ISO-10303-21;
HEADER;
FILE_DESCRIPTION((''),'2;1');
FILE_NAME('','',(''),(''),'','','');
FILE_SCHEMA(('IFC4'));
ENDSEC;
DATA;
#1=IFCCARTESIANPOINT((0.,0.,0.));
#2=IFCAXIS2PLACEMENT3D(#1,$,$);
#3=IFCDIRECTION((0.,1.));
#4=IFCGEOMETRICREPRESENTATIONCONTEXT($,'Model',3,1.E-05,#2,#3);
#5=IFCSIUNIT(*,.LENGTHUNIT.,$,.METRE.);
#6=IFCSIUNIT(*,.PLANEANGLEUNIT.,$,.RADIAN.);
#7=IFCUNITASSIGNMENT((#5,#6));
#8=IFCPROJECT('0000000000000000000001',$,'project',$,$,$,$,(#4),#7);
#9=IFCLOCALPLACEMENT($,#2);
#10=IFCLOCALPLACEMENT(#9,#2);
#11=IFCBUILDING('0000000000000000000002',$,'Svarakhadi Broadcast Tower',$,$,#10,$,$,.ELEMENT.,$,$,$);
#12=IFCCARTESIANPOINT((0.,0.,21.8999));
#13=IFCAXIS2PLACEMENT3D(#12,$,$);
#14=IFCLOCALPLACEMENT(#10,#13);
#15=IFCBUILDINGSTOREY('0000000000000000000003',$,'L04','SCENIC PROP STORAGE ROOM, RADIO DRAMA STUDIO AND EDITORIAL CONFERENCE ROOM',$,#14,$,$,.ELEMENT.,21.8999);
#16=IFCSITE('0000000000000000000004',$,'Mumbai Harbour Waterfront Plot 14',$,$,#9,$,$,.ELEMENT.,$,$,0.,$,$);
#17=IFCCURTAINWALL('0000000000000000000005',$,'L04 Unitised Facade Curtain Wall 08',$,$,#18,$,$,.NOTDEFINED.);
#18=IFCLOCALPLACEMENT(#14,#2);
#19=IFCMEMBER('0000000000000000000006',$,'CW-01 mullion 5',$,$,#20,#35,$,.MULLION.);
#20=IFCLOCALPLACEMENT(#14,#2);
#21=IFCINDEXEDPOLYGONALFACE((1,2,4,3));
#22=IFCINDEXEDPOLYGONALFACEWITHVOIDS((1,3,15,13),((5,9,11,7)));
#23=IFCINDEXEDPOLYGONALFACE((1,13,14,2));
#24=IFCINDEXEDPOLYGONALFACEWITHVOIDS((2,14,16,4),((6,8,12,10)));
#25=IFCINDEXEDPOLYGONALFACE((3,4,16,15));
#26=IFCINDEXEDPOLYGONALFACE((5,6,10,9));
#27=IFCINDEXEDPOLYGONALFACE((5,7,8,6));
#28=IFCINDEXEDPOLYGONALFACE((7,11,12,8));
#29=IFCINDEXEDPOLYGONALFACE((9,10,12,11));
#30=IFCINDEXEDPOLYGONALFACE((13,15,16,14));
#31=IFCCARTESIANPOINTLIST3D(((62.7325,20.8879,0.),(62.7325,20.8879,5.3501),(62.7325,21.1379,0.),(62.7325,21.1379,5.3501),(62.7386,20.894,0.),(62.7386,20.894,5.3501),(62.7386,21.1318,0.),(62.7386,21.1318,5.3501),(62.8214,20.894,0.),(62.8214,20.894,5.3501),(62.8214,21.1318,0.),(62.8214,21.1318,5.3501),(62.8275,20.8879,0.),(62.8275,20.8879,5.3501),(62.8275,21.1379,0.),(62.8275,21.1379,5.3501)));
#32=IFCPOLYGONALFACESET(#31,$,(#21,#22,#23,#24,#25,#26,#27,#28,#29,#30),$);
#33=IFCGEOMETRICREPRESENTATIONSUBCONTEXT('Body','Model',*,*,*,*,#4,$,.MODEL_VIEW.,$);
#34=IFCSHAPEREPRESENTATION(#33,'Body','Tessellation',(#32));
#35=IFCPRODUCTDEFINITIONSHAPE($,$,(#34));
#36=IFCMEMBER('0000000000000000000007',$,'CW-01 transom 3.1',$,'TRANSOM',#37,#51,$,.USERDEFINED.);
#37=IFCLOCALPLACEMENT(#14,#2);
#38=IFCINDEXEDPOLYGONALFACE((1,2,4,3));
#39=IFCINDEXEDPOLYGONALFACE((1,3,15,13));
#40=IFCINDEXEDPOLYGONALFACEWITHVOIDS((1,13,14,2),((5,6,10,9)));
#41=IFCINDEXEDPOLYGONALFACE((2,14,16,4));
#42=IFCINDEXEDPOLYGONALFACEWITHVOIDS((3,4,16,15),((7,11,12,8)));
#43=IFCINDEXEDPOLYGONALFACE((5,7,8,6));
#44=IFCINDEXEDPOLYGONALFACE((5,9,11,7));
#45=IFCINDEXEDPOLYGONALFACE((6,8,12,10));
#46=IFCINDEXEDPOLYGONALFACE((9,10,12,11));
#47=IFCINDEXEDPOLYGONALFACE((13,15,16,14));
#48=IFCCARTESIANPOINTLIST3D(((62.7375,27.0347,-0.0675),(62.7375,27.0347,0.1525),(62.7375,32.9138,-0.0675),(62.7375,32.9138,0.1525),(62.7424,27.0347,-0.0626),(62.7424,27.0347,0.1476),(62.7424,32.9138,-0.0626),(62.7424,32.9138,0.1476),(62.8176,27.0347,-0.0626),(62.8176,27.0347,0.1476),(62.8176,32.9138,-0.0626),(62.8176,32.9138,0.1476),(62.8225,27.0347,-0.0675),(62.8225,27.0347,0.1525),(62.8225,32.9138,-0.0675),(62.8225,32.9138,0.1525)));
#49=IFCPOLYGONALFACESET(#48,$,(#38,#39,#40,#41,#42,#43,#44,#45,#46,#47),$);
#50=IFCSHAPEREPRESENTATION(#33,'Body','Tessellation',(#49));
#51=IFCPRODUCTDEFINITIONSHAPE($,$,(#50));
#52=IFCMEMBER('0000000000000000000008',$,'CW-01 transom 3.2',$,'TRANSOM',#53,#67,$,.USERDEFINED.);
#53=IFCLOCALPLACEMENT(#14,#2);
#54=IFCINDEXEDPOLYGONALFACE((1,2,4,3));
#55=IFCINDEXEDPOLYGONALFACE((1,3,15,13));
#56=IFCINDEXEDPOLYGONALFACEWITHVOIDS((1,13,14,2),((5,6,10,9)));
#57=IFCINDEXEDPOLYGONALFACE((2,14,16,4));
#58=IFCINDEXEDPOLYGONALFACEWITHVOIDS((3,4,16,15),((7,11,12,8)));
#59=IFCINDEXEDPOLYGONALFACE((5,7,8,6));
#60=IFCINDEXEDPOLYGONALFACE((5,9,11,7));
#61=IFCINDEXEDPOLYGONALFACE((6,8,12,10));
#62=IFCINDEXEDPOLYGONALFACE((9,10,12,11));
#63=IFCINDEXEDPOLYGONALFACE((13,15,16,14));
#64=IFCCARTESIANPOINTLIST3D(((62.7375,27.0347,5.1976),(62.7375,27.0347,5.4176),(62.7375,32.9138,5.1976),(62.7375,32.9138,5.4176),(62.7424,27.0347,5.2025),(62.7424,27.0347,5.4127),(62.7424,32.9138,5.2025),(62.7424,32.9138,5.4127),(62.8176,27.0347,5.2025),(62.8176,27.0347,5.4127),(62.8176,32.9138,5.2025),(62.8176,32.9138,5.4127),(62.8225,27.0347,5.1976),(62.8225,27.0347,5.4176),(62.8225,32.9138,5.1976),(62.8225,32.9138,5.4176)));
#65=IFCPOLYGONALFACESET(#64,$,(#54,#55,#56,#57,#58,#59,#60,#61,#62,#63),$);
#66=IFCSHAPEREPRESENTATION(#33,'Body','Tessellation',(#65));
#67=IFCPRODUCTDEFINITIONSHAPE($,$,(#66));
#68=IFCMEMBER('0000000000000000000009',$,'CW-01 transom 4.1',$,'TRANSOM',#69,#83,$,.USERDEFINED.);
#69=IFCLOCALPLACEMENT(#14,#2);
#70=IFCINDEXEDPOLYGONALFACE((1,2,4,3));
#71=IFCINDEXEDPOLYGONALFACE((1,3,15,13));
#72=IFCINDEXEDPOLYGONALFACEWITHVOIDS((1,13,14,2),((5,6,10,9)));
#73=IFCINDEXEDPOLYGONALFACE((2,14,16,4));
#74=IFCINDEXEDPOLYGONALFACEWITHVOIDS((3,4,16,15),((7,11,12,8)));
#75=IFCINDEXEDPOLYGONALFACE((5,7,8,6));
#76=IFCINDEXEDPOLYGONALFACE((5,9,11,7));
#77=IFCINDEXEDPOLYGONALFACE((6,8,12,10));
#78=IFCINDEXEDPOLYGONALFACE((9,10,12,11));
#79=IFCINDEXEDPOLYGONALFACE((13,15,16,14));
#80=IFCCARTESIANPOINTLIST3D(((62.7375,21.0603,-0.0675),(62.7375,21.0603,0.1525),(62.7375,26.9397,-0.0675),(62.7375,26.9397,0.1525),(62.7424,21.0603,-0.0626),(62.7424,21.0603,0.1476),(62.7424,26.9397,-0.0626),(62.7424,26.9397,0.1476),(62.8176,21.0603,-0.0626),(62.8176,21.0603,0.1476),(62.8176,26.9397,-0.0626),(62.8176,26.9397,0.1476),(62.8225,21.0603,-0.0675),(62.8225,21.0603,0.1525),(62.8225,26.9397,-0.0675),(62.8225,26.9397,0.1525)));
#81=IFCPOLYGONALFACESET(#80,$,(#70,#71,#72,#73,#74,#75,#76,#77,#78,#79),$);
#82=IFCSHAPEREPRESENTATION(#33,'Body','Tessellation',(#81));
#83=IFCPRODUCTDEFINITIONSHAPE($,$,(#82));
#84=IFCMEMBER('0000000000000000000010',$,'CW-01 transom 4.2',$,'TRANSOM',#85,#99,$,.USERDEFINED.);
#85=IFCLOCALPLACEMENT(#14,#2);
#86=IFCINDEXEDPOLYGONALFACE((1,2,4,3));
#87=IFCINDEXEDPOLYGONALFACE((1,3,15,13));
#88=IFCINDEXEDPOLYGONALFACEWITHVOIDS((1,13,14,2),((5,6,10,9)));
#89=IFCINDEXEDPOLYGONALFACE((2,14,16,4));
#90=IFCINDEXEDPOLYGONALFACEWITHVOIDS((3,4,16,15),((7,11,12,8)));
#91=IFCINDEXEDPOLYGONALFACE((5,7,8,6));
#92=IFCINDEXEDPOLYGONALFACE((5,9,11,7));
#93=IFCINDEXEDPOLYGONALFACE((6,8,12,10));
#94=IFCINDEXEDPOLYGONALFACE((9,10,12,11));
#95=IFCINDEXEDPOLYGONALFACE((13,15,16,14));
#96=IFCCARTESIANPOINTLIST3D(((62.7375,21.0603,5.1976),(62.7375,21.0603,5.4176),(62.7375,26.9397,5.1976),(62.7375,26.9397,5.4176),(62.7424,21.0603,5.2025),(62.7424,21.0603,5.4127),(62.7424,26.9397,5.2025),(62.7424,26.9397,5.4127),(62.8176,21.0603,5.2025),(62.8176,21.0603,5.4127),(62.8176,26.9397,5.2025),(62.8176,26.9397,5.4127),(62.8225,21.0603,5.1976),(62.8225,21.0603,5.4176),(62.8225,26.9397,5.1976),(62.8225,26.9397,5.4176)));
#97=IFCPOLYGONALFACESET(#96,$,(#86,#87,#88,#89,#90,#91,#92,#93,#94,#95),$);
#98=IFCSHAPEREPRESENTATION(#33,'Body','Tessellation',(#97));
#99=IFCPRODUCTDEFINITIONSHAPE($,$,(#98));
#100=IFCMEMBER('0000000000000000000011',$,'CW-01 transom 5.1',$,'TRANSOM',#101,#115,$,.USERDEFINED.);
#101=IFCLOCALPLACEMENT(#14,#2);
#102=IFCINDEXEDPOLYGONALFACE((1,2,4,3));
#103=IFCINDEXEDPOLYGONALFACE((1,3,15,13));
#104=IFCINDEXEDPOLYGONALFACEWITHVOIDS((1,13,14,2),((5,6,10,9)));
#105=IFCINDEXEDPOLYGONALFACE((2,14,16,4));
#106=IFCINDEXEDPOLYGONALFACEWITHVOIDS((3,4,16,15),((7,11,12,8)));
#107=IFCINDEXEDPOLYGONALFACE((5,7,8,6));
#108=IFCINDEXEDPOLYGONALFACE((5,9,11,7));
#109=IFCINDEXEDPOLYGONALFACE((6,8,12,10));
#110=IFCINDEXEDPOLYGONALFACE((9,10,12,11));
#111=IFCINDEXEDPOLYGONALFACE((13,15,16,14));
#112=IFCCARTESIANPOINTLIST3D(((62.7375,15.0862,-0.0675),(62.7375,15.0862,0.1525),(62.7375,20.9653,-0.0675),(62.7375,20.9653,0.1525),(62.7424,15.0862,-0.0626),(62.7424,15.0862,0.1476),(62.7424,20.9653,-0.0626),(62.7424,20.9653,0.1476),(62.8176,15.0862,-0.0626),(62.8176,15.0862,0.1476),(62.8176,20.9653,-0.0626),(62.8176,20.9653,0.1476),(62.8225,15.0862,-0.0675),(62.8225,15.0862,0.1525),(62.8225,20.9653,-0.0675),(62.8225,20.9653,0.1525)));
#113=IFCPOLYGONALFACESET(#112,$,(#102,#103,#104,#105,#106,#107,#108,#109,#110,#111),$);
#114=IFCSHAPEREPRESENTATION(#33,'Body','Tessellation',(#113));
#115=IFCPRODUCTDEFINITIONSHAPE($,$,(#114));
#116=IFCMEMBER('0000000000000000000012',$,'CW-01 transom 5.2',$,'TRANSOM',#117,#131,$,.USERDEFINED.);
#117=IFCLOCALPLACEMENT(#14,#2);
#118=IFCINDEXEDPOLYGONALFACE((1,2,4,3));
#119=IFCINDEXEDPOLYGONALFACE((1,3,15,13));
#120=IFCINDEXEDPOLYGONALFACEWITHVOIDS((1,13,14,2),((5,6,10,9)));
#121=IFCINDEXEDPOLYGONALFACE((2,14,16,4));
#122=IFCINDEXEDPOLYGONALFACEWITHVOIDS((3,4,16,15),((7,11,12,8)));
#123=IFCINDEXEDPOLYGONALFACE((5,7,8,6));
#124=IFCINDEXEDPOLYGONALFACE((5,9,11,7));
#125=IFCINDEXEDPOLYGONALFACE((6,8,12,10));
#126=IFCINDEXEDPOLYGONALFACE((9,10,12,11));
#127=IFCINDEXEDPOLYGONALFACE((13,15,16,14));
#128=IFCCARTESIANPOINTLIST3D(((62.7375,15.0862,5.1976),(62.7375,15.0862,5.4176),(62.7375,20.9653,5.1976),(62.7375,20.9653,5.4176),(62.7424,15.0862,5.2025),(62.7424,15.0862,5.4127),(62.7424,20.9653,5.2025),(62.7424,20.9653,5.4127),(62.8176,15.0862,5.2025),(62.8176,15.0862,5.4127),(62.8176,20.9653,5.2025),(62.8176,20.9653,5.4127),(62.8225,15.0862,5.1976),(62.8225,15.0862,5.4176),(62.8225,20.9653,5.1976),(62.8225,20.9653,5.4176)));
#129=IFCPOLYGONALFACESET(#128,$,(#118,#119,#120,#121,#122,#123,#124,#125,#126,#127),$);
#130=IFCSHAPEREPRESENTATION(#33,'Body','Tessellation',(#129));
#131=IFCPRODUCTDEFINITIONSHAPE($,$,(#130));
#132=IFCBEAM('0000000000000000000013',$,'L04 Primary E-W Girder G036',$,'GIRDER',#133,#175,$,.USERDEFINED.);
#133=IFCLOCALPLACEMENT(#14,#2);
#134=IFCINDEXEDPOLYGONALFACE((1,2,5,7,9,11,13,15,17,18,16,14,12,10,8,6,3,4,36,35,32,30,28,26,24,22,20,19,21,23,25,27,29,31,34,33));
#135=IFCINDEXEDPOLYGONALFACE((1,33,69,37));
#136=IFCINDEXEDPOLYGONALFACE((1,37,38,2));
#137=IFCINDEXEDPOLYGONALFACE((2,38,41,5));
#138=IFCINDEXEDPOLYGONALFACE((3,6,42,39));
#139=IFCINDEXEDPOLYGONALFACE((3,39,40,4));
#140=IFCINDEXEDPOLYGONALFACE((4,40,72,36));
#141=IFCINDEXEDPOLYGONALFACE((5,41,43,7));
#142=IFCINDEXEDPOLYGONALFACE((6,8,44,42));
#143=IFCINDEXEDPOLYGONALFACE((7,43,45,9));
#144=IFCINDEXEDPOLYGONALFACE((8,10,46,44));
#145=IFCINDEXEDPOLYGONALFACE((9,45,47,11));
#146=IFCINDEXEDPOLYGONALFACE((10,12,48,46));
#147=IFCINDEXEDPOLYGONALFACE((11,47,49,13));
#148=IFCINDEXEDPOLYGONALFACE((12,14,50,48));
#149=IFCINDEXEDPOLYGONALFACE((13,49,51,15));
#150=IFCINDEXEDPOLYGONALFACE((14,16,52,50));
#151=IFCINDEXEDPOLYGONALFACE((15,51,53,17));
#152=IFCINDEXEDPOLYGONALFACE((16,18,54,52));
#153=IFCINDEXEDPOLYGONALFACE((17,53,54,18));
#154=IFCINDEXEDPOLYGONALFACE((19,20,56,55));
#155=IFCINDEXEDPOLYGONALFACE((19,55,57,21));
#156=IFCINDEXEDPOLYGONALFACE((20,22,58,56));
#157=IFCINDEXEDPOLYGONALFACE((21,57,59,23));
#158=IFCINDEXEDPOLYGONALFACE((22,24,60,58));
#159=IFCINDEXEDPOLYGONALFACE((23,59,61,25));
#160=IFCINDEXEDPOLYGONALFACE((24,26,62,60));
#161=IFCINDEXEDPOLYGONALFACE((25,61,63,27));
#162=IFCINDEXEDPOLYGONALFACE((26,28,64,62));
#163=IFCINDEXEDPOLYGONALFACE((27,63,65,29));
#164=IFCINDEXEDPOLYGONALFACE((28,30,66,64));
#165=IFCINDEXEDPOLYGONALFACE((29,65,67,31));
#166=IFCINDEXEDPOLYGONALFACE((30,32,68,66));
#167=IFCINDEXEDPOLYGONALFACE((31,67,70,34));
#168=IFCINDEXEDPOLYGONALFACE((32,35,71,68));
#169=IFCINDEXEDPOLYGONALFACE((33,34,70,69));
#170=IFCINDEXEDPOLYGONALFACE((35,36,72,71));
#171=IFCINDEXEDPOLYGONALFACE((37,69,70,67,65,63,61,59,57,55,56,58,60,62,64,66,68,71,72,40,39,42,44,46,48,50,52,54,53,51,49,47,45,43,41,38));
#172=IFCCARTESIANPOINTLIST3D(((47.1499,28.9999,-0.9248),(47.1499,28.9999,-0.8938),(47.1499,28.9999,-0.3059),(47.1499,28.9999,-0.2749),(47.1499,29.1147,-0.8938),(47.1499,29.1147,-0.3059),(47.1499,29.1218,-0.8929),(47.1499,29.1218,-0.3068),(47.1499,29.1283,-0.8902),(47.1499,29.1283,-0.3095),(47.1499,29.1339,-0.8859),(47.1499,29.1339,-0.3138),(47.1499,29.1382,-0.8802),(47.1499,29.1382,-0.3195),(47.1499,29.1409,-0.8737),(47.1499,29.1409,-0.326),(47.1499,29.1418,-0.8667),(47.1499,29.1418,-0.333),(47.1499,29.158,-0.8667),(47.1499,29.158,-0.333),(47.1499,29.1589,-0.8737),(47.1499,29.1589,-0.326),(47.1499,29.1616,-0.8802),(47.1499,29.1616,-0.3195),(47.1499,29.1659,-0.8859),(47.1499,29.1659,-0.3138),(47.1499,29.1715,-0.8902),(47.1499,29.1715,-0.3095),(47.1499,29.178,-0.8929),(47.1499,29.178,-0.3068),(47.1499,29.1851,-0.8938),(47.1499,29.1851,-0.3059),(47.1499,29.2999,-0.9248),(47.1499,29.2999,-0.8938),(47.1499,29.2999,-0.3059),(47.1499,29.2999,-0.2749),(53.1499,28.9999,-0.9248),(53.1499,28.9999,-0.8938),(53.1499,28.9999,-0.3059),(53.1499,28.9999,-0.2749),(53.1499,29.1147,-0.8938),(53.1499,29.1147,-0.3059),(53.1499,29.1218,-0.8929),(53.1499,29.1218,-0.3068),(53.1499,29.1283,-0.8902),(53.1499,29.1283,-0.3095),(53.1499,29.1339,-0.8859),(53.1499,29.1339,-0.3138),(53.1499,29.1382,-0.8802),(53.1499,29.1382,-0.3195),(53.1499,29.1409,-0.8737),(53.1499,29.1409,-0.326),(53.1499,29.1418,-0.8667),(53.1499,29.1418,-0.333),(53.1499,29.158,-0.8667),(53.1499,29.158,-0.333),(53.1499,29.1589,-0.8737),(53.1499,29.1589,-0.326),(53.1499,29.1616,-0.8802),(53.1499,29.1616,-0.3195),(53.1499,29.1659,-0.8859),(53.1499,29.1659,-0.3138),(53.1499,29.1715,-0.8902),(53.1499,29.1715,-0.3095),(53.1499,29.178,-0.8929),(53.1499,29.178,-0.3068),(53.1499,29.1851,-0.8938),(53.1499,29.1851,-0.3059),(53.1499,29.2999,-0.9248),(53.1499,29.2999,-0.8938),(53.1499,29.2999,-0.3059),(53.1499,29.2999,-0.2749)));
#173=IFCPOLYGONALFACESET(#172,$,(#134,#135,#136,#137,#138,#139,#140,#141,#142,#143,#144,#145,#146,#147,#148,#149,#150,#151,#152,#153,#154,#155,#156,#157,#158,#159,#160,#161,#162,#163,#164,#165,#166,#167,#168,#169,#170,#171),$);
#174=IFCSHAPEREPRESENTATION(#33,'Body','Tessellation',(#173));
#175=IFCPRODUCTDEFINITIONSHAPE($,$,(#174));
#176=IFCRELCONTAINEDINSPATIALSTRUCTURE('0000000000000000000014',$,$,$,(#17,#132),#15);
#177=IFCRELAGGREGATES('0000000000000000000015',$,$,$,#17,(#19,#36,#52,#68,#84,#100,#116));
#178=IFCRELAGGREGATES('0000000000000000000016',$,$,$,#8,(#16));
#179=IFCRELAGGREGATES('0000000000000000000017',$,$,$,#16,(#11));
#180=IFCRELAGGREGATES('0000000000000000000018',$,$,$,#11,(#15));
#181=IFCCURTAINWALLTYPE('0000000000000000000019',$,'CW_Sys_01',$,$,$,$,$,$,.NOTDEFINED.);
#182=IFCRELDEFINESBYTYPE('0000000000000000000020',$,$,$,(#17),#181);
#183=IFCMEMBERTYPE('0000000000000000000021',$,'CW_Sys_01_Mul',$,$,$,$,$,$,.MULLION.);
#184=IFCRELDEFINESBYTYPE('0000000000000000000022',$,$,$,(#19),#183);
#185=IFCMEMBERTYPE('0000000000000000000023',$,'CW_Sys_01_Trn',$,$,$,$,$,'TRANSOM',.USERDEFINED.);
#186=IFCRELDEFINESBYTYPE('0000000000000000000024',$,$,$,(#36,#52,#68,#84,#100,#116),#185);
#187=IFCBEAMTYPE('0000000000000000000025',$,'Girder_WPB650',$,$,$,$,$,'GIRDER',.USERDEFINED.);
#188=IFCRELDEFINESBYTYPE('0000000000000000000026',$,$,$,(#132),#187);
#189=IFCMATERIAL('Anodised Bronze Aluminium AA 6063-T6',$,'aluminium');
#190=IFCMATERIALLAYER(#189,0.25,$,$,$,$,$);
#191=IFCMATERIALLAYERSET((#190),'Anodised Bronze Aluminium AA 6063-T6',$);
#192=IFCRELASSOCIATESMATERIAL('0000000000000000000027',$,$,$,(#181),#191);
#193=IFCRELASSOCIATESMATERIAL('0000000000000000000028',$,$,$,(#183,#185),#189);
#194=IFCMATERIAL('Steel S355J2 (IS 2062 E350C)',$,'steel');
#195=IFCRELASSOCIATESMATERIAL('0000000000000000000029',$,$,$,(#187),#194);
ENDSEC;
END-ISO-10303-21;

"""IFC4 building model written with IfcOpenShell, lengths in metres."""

from ifc_helpers import new_model, si_unit, direction, frame, origin, origin_2d, place, context, subcontext, project, spatial, hollow_rectangle, i_section, extrude, material, layer, layer_set, material_profile, profile_set, type_object, element, aggregate, save


model = new_model("IFC4")

# Units and contexts
model_context = context("Model", 3, precision=1e-05, world=origin(), true_north=direction((0.0, 1.0)))
body_context = subcontext(model_context, "Body", "Model", "MODEL_VIEW")
ifc_project = project(units=[si_unit("LENGTHUNIT", "METRE"), si_unit("PLANEANGLEUNIT", "RADIAN")], contexts=[model_context])

# Site, building, storey
site_placement = place(None, origin())
site = spatial("IfcSite", under=ifc_project, at=site_placement, Name="Mumbai Harbour Waterfront Plot 14", CompositionType="ELEMENT", RefElevation=0.0)
building_placement = place(site_placement, origin())
building = spatial("IfcBuilding", under=site, at=building_placement, Name="Svarakhadi Broadcast Tower", CompositionType="ELEMENT")
storey_placement = place(building_placement, frame((0.0, 0.0, 21.8999)))
storey = spatial("IfcBuildingStorey", under=building, at=storey_placement, Name="L04", Description="SCENIC PROP STORAGE ROOM, RADIO DRAMA STUDIO AND EDITORIAL CONFERENCE ROOM", CompositionType="ELEMENT", Elevation=21.8999)

# Shared definitions
ifc_material_1 = material(Name="Steel S355J2 (IS 2062 E350C)", Category="steel")

# Curtain wall, members
ifc_material_2 = material(Name="Anodised Bronze Aluminium AA 6063-T6", Category="aluminium")
ifc_layer_1 = layer(ifc_material_2, 0.25)
ifc_layer_set_1 = layer_set([ifc_layer_1], Name="Anodised Bronze Aluminium AA 6063-T6")
curtain_wall_type = type_object("IfcCurtainWallType", Name="CW_Sys_01", PredefinedType="NOTDEFINED", material=ifc_layer_set_1)
curtain_wall_placement = place(storey_placement, origin())
curtain_wall = element("IfcCurtainWall", 1, at=curtain_wall_placement, inside=storey, type_object=curtain_wall_type, Name="L04 Unitised Facade Curtain Wall 08", PredefinedType="NOTDEFINED")
ifc_material_profile_1 = material_profile(ifc_material_2, hollow_rectangle(XDim=0.095, YDim=0.25, WallThickness=0.0061, at=origin_2d()), Name="ALU MULLION 250x95x6")
ifc_profile_set_1 = profile_set([ifc_material_profile_1], Name="Anodised Bronze Aluminium AA 6063-T6")
member_type_1 = type_object("IfcMemberType", Name="CW_Sys_01_Mul", PredefinedType="MULLION", material=ifc_profile_set_1)
member_1_placement = place(storey_placement, frame((62.78, 21.0129, 0.0), z_axis=(0.0, 0.0, 1.0), x_axis=(1.0, 0.0, 0.0)))
member_1 = element("IfcMember", 2, at=member_1_placement, type_object=member_type_1, Name="CW-01 mullion 5", PredefinedType="MULLION", context=body_context, shape_type="SweptSolid", body=[
    extrude(hollow_rectangle(XDim=0.095, YDim=0.25, WallThickness=0.0061, at=origin_2d()), origin(), (0.0, 0.0, 1.0), 5.3501),
])
ifc_material_profile_2 = material_profile(ifc_material_2, hollow_rectangle(XDim=0.085, YDim=0.22, WallThickness=0.0049, at=origin_2d()), Name="ALU TRANSOM 220x85x5")
ifc_profile_set_2 = profile_set([ifc_material_profile_2], Name="Anodised Bronze Aluminium AA 6063-T6")
member_type_2 = type_object("IfcMemberType", Name="CW_Sys_01_Trn", ElementType="TRANSOM", PredefinedType="USERDEFINED", material=ifc_profile_set_2)
member_2_placement = place(storey_placement, frame((62.78, 32.9138, 0.0425), z_axis=(0.0, -1.0, 0.0), x_axis=(1.0, 0.0, 0.0)))
member_2 = element("IfcMember", 3, at=member_2_placement, type_object=member_type_2, Name="CW-01 transom 3.1", ObjectType="TRANSOM", PredefinedType="USERDEFINED", context=body_context, shape_type="SweptSolid", body=[
    extrude(hollow_rectangle(XDim=0.085, YDim=0.22, WallThickness=0.0049, at=origin_2d()), origin(), (0.0, 0.0, 1.0), 5.8792),
])
member_3_placement = place(storey_placement, frame((62.78, 32.9138, 5.3076), z_axis=(0.0, -1.0, 0.0), x_axis=(1.0, 0.0, 0.0)))
member_3 = element("IfcMember", 4, at=member_3_placement, type_object=member_type_2, Name="CW-01 transom 3.2", ObjectType="TRANSOM", PredefinedType="USERDEFINED", context=body_context, shape_type="SweptSolid", body=[
    extrude(hollow_rectangle(XDim=0.085, YDim=0.22, WallThickness=0.0049, at=origin_2d()), origin(), (0.0, 0.0, 1.0), 5.8792),
])
member_4_placement = place(storey_placement, frame((62.78, 26.9397, 0.0425), z_axis=(0.0, -1.0, 0.0), x_axis=(1.0, 0.0, 0.0)))
member_4 = element("IfcMember", 5, at=member_4_placement, type_object=member_type_2, Name="CW-01 transom 4.1", ObjectType="TRANSOM", PredefinedType="USERDEFINED", context=body_context, shape_type="SweptSolid", body=[
    extrude(hollow_rectangle(XDim=0.085, YDim=0.22, WallThickness=0.0049, at=origin_2d()), origin(), (0.0, 0.0, 1.0), 5.8794),
])
member_5_placement = place(storey_placement, frame((62.78, 26.9397, 5.3076), z_axis=(0.0, -1.0, 0.0), x_axis=(1.0, 0.0, 0.0)))
member_5 = element("IfcMember", 6, at=member_5_placement, type_object=member_type_2, Name="CW-01 transom 4.2", ObjectType="TRANSOM", PredefinedType="USERDEFINED", context=body_context, shape_type="SweptSolid", body=[
    extrude(hollow_rectangle(XDim=0.085, YDim=0.22, WallThickness=0.0049, at=origin_2d()), origin(), (0.0, 0.0, 1.0), 5.8794),
])
member_6_placement = place(storey_placement, frame((62.78, 20.9653, 0.0425), z_axis=(0.0, -1.0, 0.0), x_axis=(1.0, 0.0, 0.0)))
member_6 = element("IfcMember", 7, at=member_6_placement, type_object=member_type_2, Name="CW-01 transom 5.1", ObjectType="TRANSOM", PredefinedType="USERDEFINED", context=body_context, shape_type="SweptSolid", body=[
    extrude(hollow_rectangle(XDim=0.085, YDim=0.22, WallThickness=0.0049, at=origin_2d()), origin(), (0.0, 0.0, 1.0), 5.8792),
])
member_7_placement = place(storey_placement, frame((62.78, 20.9653, 5.3076), z_axis=(0.0, -1.0, 0.0), x_axis=(1.0, 0.0, 0.0)))
member_7 = element("IfcMember", 8, at=member_7_placement, type_object=member_type_2, Name="CW-01 transom 5.2", ObjectType="TRANSOM", PredefinedType="USERDEFINED", context=body_context, shape_type="SweptSolid", body=[
    extrude(hollow_rectangle(XDim=0.085, YDim=0.22, WallThickness=0.0049, at=origin_2d()), origin(), (0.0, 0.0, 1.0), 5.8792),
])

# Beam
ifc_material_profile_3 = material_profile(ifc_material_1, i_section(OverallWidth=0.3, OverallDepth=0.6499, WebThickness=0.0161, FlangeThickness=0.031, FilletRadius=0.0271, at=origin_2d()), Name="WPB 650x300x225")
ifc_profile_set_3 = profile_set([ifc_material_profile_3], Name="Steel S355J2 (IS 2062 E350C)")
beam_type_1 = type_object("IfcBeamType", Name="Girder_WPB650", ElementType="GIRDER", PredefinedType="USERDEFINED", material=ifc_profile_set_3)
for number, where, z_axis, x_axis, name in (
    (9, (47.1499, 29.1499, -0.5999), (1.0, 0.0, 0.0), (0.0, 1.0, 0.0), "L04 Primary E-W Girder G036"),
):
    element("IfcBeam", number, at=place(storey_placement, frame(where, z_axis=z_axis, x_axis=x_axis)), inside=storey, type_object=beam_type_1, Name=name, ObjectType="GIRDER", PredefinedType="USERDEFINED", context=body_context, shape_type="SweptSolid", body=[
        extrude(i_section(OverallWidth=0.3, OverallDepth=0.6499, WebThickness=0.0161, FlangeThickness=0.031, FilletRadius=0.0271, at=origin_2d()), origin(), (0.0, 0.0, 1.0), 6.0),
    ])

aggregate(curtain_wall, [member_1, member_2, member_3, member_4, member_5, member_6, member_7])

save(model, "model.ifc")
